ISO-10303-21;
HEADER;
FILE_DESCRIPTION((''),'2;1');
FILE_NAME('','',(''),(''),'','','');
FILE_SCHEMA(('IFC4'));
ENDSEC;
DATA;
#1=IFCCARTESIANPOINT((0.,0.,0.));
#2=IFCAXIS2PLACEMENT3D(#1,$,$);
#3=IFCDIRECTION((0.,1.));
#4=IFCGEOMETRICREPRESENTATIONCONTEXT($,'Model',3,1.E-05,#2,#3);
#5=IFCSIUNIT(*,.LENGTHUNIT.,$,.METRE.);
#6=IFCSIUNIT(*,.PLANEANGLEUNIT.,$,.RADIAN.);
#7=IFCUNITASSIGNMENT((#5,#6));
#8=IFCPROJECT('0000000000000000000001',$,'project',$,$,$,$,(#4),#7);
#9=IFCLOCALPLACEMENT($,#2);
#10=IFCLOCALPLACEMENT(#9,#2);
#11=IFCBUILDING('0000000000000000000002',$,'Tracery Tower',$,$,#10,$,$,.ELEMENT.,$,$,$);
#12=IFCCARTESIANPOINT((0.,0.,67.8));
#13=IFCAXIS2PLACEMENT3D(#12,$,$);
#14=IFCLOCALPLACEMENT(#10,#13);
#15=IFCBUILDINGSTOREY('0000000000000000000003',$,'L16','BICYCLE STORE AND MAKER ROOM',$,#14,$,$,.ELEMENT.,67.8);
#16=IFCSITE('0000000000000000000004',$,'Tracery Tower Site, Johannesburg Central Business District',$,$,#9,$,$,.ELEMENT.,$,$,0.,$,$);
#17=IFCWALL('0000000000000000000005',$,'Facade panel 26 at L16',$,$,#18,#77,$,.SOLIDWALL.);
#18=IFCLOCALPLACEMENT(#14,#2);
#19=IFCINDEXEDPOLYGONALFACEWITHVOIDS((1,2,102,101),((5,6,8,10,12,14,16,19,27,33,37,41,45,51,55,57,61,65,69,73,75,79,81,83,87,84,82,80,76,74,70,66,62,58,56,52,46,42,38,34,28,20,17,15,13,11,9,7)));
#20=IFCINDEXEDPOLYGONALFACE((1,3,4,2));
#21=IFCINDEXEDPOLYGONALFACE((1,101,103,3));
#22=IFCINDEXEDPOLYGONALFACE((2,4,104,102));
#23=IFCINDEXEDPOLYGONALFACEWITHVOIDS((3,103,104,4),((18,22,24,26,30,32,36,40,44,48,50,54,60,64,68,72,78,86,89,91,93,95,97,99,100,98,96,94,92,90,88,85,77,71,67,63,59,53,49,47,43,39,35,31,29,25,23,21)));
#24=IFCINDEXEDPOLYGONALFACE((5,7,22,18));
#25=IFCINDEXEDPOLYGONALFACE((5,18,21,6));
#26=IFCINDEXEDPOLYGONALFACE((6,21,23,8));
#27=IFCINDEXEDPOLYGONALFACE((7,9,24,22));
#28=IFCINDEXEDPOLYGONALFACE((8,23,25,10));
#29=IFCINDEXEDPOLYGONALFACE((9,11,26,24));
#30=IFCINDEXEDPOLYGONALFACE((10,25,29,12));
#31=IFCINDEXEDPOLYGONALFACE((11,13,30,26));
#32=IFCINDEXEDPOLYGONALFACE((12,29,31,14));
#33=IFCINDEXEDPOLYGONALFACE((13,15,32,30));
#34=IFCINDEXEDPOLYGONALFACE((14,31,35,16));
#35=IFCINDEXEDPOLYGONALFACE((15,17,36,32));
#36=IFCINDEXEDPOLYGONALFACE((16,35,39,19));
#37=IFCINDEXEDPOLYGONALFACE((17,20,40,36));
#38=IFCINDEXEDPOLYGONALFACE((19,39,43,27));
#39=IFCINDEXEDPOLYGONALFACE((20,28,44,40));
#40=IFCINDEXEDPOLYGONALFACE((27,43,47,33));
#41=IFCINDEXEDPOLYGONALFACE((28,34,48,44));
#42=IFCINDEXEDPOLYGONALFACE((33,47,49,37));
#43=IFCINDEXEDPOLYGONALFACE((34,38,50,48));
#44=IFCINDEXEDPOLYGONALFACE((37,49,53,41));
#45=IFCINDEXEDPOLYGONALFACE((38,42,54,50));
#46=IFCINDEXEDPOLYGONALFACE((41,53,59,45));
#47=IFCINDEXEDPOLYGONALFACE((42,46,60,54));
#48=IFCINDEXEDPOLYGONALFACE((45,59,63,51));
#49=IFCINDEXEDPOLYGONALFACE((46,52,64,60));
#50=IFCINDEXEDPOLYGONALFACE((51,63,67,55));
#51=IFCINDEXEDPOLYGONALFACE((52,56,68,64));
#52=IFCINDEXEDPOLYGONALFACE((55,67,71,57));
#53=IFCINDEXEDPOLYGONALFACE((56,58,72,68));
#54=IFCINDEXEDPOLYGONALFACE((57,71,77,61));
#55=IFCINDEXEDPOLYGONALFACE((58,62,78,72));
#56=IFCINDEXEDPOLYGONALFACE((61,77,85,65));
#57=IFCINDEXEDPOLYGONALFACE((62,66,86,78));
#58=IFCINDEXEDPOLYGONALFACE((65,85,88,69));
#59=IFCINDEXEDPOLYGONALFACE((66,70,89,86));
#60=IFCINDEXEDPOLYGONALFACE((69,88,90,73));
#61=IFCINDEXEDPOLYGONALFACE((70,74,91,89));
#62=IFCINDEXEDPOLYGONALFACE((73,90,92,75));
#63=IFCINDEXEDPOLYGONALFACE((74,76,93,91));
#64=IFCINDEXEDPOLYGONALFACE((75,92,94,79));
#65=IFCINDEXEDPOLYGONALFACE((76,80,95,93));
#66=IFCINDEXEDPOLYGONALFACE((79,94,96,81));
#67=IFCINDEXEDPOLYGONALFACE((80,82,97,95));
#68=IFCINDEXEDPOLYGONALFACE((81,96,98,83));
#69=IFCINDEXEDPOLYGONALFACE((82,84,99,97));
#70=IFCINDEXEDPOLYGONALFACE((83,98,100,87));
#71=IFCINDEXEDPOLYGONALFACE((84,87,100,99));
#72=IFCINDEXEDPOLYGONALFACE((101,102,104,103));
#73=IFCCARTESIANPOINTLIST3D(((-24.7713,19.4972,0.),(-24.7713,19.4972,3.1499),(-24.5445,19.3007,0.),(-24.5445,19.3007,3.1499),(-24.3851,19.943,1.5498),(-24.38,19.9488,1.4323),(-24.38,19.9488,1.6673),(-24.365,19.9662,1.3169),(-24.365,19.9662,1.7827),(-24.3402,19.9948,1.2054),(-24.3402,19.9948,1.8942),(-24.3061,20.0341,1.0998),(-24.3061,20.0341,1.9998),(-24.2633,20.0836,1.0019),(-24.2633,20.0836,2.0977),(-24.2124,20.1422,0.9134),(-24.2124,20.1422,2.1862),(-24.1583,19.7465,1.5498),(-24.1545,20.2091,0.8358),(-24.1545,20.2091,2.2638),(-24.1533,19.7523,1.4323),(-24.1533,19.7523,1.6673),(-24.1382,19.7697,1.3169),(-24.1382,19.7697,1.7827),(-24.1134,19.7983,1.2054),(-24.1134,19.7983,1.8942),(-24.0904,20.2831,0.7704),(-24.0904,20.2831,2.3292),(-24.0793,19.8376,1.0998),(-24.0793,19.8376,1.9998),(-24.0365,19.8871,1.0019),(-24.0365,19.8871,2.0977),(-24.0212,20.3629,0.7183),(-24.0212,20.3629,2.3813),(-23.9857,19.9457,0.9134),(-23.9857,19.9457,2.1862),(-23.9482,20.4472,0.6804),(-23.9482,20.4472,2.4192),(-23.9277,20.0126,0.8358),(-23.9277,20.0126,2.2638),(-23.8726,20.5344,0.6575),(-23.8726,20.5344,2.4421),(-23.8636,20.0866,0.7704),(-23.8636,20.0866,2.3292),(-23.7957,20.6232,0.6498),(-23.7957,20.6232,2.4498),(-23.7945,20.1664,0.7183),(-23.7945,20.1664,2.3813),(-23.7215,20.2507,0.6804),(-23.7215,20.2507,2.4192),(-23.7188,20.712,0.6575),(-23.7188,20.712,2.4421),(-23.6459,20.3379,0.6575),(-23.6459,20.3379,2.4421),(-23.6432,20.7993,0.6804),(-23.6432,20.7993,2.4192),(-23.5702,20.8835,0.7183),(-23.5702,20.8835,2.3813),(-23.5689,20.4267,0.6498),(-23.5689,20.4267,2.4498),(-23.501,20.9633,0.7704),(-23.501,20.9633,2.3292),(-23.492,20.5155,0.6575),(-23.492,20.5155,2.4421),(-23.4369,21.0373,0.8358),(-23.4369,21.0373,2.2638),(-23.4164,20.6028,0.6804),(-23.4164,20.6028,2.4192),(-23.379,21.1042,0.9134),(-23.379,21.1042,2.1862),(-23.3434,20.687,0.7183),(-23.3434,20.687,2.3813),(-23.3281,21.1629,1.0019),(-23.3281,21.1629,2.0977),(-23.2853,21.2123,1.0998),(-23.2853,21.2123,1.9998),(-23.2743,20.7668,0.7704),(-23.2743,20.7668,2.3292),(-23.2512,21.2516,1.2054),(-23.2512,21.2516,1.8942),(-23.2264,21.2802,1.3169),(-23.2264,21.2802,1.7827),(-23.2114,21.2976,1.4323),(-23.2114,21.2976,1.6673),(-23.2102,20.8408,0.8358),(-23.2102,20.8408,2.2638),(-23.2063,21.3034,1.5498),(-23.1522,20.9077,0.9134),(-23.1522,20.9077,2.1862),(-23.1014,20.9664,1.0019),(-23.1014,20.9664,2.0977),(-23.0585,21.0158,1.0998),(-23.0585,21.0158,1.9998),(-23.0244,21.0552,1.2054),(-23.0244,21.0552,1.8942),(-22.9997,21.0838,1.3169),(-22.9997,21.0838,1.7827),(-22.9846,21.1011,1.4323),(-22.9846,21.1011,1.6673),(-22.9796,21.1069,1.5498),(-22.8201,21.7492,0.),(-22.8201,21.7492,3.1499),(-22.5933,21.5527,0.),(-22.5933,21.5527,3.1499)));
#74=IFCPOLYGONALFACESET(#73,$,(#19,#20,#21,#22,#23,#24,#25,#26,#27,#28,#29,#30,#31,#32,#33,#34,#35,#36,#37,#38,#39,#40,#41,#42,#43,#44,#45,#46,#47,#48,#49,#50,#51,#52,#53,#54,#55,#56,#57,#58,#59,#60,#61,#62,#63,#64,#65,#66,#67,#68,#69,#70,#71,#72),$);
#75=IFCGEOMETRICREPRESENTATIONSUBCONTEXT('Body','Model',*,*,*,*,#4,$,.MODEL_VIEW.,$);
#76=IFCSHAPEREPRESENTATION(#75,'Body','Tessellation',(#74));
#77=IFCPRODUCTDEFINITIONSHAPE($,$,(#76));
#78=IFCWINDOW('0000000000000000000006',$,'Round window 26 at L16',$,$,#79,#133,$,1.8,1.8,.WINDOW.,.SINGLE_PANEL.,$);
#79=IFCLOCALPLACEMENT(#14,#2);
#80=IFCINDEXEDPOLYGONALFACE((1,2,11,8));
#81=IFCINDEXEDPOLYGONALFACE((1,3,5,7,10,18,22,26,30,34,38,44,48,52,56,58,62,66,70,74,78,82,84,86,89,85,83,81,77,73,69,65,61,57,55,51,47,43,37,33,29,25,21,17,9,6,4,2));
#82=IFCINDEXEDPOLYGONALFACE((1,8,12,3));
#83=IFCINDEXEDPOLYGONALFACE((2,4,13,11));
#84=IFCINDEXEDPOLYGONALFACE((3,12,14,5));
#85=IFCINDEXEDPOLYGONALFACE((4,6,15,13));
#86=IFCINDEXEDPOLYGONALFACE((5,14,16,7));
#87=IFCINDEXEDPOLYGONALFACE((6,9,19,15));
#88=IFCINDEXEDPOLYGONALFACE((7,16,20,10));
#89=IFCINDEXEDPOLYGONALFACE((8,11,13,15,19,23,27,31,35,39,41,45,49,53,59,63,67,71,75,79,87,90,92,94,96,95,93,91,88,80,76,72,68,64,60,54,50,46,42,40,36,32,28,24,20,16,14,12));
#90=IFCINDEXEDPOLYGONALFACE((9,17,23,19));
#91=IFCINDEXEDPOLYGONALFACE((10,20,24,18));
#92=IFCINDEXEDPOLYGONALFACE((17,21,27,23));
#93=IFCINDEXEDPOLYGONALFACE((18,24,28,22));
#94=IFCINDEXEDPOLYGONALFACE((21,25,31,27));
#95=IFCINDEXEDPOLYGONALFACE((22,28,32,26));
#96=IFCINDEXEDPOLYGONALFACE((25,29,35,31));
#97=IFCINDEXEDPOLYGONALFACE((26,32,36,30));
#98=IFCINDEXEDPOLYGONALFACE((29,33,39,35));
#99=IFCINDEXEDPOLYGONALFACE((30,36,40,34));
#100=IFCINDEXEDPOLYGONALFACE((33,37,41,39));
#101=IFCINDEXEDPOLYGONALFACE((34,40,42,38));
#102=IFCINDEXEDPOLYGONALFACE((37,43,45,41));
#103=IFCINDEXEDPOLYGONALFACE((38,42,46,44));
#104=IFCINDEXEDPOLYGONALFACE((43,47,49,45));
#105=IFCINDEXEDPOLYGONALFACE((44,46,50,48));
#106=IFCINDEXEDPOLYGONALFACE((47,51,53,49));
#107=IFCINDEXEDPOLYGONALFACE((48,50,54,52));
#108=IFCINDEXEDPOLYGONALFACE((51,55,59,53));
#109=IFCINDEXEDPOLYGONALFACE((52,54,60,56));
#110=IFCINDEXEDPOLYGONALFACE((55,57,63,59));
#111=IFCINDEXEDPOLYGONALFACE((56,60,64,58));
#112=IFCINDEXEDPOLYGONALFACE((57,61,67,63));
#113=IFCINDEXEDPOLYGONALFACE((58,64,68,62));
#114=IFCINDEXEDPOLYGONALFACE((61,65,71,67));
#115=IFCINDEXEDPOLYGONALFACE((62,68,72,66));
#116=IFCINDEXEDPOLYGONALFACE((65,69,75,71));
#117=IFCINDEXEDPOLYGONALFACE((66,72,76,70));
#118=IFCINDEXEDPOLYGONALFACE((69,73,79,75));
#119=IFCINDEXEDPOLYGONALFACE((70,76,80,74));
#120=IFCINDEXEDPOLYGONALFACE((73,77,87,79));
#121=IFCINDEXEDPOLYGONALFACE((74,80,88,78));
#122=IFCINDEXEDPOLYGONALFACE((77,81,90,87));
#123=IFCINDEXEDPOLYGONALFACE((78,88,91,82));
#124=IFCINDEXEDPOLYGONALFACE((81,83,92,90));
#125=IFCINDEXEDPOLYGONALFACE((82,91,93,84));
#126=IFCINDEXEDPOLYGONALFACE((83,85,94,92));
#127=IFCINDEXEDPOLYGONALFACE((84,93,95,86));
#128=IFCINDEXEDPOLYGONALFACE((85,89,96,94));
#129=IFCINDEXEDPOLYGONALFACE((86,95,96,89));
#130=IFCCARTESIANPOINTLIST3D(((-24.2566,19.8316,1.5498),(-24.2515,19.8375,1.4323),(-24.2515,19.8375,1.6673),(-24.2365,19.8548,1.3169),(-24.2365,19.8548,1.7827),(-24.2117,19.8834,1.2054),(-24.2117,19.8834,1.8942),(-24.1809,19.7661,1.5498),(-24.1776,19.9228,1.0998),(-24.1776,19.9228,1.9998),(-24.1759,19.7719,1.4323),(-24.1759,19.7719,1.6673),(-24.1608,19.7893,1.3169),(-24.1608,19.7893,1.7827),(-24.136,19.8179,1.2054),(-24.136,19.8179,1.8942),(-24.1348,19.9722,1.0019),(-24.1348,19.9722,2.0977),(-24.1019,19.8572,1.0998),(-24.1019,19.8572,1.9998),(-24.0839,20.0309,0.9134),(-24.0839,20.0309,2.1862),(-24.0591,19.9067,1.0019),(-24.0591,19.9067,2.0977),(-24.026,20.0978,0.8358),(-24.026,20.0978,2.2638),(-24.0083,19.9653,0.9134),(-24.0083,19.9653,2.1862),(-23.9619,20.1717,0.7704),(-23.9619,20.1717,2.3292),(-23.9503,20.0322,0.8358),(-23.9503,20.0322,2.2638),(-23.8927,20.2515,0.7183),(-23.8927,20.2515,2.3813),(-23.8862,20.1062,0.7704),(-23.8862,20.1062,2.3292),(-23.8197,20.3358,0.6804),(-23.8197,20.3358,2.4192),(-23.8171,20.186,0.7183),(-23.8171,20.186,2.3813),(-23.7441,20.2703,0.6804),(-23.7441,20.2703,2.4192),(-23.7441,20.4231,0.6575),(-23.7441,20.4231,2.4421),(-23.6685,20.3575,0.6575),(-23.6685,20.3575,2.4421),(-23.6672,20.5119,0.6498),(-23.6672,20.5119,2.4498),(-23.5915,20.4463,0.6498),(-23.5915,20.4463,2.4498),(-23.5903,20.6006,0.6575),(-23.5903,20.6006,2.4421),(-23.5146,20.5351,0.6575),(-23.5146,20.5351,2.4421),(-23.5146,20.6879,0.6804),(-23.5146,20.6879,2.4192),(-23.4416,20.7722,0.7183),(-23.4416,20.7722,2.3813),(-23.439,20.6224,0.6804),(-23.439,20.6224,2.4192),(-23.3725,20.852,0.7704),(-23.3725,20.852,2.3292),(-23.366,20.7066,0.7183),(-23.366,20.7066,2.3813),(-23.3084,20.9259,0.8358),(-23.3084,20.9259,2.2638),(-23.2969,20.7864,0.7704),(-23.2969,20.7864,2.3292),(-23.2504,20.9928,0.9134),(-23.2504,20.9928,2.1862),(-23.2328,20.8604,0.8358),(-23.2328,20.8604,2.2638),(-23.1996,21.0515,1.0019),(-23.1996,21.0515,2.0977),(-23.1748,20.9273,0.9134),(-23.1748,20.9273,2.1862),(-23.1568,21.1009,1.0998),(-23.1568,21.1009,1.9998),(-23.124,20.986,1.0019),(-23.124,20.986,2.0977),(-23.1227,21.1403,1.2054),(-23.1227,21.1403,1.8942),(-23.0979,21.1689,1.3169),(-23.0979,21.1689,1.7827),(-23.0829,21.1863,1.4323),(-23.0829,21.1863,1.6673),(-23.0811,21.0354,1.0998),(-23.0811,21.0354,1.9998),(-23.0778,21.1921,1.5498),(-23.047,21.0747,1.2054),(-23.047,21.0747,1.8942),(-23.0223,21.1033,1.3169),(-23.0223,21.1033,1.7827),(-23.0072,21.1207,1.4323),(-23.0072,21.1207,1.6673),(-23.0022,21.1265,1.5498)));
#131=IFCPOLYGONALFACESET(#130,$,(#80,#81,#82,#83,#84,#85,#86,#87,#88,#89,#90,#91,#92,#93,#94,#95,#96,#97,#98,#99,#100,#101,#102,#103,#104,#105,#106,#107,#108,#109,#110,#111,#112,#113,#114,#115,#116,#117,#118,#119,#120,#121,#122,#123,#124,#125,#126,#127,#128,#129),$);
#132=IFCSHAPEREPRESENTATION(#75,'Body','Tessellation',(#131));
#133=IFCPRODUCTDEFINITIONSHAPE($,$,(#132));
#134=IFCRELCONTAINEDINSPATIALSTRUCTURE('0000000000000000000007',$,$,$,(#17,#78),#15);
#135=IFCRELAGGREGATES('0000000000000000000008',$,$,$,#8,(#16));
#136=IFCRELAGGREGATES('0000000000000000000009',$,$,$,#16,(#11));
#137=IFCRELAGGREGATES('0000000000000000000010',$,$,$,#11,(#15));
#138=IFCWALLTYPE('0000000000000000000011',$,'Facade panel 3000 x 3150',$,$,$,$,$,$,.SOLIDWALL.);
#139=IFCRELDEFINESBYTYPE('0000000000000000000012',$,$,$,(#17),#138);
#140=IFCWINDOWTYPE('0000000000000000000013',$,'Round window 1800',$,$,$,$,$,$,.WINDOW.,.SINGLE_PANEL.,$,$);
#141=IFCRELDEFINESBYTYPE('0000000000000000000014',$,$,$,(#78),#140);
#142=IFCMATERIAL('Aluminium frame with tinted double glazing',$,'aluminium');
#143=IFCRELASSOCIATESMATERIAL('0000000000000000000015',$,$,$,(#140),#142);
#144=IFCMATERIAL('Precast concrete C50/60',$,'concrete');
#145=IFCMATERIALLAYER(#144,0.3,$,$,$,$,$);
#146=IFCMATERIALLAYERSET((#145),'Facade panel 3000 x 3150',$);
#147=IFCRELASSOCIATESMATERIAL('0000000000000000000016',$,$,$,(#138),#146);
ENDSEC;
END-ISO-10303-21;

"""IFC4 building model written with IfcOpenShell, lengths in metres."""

from ifc_helpers import new_model, si_unit, direction, frame, frame_2d, origin, origin_2d, place, context, subcontext, project, spatial, rectangle, circle, extrude, material, layer, layer_set, type_object, element, fill, save


model = new_model("IFC4")

# Units and contexts
model_context = context("Model", 3, precision=1e-05, world=origin(), true_north=direction((0.0, 1.0)))
body_context = subcontext(model_context, "Body", "Model", "MODEL_VIEW")
ifc_project = project(units=[si_unit("LENGTHUNIT", "METRE"), si_unit("PLANEANGLEUNIT", "RADIAN")], contexts=[model_context])

# Site, building, storey
site_placement = place(None, origin())
site = spatial("IfcSite", under=ifc_project, at=site_placement, Name="Tracery Tower Site, Johannesburg Central Business District", CompositionType="ELEMENT", RefElevation=0.0)
building_placement = place(site_placement, origin())
building = spatial("IfcBuilding", under=site, at=building_placement, Name="Tracery Tower", CompositionType="ELEMENT")
storey_placement = place(building_placement, frame((0.0, 0.0, 67.8)))
storey = spatial("IfcBuildingStorey", under=building, at=storey_placement, Name="L16", Description="BICYCLE STORE AND MAKER ROOM", CompositionType="ELEMENT", Elevation=67.8)

# Wall, opening, window
ifc_material_1 = material(Name="Aluminium frame with tinted double glazing", Category="aluminium")
window_type = type_object("IfcWindowType", Name="Round window 1800", PartitioningType="SINGLE_PANEL", PredefinedType="WINDOW", material=ifc_material_1)
ifc_material_2 = material(Name="Precast concrete C50/60", Category="concrete")
ifc_layer_1 = layer(ifc_material_2, 0.3)
ifc_layer_set_1 = layer_set([ifc_layer_1], Name="Facade panel 3000 x 3150")
wall_type_1 = type_object("IfcWallType", Name="Facade panel 3000 x 3150", PredefinedType="SOLIDWALL", material=ifc_layer_set_1)
wall_1_placement = place(storey_placement, frame((-22.7068, 21.6509, 0.0), z_axis=(0.0, 0.0, 1.0), x_axis=(-0.654831, -0.755776, 0.0)))
wall_1 = element("IfcWall", 1, at=wall_1_placement, inside=storey, type_object=wall_type_1, Name="Facade panel 26 at L16", PredefinedType="SOLIDWALL", context=body_context, shape_type="SweptSolid", body=[
    extrude(rectangle(XDim=2.9797, YDim=0.3, at=frame_2d((1.4897, 0.0))), origin(), (0.0, 0.0, 1.0), 3.1499),
])
opening_1_placement = place(wall_1_placement, frame((1.4897, 0.0, 1.5498)))
opening_1 = element("IfcOpeningElement", 2, at=opening_1_placement, cuts=wall_1, PredefinedType="OPENING", context=body_context, shape_type="SweptSolid", body=[
    extrude(circle(Radius=0.9, at=origin_2d()), frame((0.0, 0.1599, 0.0), z_axis=(0.0, -1.0, 0.0), x_axis=(1.0, 0.0, 0.0)), (0.0, 0.0, 1.0), 0.3201),
])
window_1_placement = place(opening_1_placement, origin())
window_1 = element("IfcWindow", 3, at=window_1_placement, inside=storey, type_object=window_type, Name="Round window 26 at L16", OverallHeight=1.8, OverallWidth=1.8, PartitioningType="SINGLE_PANEL", PredefinedType="WINDOW", context=body_context, shape_type="SweptSolid", body=[
    extrude(circle(Radius=0.9, at=origin_2d()), frame((0.0, 0.1201, 0.0), z_axis=(0.0, -1.0, 0.0), x_axis=(1.0, 0.0, 0.0)), (0.0, 0.0, 1.0), 0.1001),
])
fill(opening_1, window_1)

save(model, "model.ifc")
